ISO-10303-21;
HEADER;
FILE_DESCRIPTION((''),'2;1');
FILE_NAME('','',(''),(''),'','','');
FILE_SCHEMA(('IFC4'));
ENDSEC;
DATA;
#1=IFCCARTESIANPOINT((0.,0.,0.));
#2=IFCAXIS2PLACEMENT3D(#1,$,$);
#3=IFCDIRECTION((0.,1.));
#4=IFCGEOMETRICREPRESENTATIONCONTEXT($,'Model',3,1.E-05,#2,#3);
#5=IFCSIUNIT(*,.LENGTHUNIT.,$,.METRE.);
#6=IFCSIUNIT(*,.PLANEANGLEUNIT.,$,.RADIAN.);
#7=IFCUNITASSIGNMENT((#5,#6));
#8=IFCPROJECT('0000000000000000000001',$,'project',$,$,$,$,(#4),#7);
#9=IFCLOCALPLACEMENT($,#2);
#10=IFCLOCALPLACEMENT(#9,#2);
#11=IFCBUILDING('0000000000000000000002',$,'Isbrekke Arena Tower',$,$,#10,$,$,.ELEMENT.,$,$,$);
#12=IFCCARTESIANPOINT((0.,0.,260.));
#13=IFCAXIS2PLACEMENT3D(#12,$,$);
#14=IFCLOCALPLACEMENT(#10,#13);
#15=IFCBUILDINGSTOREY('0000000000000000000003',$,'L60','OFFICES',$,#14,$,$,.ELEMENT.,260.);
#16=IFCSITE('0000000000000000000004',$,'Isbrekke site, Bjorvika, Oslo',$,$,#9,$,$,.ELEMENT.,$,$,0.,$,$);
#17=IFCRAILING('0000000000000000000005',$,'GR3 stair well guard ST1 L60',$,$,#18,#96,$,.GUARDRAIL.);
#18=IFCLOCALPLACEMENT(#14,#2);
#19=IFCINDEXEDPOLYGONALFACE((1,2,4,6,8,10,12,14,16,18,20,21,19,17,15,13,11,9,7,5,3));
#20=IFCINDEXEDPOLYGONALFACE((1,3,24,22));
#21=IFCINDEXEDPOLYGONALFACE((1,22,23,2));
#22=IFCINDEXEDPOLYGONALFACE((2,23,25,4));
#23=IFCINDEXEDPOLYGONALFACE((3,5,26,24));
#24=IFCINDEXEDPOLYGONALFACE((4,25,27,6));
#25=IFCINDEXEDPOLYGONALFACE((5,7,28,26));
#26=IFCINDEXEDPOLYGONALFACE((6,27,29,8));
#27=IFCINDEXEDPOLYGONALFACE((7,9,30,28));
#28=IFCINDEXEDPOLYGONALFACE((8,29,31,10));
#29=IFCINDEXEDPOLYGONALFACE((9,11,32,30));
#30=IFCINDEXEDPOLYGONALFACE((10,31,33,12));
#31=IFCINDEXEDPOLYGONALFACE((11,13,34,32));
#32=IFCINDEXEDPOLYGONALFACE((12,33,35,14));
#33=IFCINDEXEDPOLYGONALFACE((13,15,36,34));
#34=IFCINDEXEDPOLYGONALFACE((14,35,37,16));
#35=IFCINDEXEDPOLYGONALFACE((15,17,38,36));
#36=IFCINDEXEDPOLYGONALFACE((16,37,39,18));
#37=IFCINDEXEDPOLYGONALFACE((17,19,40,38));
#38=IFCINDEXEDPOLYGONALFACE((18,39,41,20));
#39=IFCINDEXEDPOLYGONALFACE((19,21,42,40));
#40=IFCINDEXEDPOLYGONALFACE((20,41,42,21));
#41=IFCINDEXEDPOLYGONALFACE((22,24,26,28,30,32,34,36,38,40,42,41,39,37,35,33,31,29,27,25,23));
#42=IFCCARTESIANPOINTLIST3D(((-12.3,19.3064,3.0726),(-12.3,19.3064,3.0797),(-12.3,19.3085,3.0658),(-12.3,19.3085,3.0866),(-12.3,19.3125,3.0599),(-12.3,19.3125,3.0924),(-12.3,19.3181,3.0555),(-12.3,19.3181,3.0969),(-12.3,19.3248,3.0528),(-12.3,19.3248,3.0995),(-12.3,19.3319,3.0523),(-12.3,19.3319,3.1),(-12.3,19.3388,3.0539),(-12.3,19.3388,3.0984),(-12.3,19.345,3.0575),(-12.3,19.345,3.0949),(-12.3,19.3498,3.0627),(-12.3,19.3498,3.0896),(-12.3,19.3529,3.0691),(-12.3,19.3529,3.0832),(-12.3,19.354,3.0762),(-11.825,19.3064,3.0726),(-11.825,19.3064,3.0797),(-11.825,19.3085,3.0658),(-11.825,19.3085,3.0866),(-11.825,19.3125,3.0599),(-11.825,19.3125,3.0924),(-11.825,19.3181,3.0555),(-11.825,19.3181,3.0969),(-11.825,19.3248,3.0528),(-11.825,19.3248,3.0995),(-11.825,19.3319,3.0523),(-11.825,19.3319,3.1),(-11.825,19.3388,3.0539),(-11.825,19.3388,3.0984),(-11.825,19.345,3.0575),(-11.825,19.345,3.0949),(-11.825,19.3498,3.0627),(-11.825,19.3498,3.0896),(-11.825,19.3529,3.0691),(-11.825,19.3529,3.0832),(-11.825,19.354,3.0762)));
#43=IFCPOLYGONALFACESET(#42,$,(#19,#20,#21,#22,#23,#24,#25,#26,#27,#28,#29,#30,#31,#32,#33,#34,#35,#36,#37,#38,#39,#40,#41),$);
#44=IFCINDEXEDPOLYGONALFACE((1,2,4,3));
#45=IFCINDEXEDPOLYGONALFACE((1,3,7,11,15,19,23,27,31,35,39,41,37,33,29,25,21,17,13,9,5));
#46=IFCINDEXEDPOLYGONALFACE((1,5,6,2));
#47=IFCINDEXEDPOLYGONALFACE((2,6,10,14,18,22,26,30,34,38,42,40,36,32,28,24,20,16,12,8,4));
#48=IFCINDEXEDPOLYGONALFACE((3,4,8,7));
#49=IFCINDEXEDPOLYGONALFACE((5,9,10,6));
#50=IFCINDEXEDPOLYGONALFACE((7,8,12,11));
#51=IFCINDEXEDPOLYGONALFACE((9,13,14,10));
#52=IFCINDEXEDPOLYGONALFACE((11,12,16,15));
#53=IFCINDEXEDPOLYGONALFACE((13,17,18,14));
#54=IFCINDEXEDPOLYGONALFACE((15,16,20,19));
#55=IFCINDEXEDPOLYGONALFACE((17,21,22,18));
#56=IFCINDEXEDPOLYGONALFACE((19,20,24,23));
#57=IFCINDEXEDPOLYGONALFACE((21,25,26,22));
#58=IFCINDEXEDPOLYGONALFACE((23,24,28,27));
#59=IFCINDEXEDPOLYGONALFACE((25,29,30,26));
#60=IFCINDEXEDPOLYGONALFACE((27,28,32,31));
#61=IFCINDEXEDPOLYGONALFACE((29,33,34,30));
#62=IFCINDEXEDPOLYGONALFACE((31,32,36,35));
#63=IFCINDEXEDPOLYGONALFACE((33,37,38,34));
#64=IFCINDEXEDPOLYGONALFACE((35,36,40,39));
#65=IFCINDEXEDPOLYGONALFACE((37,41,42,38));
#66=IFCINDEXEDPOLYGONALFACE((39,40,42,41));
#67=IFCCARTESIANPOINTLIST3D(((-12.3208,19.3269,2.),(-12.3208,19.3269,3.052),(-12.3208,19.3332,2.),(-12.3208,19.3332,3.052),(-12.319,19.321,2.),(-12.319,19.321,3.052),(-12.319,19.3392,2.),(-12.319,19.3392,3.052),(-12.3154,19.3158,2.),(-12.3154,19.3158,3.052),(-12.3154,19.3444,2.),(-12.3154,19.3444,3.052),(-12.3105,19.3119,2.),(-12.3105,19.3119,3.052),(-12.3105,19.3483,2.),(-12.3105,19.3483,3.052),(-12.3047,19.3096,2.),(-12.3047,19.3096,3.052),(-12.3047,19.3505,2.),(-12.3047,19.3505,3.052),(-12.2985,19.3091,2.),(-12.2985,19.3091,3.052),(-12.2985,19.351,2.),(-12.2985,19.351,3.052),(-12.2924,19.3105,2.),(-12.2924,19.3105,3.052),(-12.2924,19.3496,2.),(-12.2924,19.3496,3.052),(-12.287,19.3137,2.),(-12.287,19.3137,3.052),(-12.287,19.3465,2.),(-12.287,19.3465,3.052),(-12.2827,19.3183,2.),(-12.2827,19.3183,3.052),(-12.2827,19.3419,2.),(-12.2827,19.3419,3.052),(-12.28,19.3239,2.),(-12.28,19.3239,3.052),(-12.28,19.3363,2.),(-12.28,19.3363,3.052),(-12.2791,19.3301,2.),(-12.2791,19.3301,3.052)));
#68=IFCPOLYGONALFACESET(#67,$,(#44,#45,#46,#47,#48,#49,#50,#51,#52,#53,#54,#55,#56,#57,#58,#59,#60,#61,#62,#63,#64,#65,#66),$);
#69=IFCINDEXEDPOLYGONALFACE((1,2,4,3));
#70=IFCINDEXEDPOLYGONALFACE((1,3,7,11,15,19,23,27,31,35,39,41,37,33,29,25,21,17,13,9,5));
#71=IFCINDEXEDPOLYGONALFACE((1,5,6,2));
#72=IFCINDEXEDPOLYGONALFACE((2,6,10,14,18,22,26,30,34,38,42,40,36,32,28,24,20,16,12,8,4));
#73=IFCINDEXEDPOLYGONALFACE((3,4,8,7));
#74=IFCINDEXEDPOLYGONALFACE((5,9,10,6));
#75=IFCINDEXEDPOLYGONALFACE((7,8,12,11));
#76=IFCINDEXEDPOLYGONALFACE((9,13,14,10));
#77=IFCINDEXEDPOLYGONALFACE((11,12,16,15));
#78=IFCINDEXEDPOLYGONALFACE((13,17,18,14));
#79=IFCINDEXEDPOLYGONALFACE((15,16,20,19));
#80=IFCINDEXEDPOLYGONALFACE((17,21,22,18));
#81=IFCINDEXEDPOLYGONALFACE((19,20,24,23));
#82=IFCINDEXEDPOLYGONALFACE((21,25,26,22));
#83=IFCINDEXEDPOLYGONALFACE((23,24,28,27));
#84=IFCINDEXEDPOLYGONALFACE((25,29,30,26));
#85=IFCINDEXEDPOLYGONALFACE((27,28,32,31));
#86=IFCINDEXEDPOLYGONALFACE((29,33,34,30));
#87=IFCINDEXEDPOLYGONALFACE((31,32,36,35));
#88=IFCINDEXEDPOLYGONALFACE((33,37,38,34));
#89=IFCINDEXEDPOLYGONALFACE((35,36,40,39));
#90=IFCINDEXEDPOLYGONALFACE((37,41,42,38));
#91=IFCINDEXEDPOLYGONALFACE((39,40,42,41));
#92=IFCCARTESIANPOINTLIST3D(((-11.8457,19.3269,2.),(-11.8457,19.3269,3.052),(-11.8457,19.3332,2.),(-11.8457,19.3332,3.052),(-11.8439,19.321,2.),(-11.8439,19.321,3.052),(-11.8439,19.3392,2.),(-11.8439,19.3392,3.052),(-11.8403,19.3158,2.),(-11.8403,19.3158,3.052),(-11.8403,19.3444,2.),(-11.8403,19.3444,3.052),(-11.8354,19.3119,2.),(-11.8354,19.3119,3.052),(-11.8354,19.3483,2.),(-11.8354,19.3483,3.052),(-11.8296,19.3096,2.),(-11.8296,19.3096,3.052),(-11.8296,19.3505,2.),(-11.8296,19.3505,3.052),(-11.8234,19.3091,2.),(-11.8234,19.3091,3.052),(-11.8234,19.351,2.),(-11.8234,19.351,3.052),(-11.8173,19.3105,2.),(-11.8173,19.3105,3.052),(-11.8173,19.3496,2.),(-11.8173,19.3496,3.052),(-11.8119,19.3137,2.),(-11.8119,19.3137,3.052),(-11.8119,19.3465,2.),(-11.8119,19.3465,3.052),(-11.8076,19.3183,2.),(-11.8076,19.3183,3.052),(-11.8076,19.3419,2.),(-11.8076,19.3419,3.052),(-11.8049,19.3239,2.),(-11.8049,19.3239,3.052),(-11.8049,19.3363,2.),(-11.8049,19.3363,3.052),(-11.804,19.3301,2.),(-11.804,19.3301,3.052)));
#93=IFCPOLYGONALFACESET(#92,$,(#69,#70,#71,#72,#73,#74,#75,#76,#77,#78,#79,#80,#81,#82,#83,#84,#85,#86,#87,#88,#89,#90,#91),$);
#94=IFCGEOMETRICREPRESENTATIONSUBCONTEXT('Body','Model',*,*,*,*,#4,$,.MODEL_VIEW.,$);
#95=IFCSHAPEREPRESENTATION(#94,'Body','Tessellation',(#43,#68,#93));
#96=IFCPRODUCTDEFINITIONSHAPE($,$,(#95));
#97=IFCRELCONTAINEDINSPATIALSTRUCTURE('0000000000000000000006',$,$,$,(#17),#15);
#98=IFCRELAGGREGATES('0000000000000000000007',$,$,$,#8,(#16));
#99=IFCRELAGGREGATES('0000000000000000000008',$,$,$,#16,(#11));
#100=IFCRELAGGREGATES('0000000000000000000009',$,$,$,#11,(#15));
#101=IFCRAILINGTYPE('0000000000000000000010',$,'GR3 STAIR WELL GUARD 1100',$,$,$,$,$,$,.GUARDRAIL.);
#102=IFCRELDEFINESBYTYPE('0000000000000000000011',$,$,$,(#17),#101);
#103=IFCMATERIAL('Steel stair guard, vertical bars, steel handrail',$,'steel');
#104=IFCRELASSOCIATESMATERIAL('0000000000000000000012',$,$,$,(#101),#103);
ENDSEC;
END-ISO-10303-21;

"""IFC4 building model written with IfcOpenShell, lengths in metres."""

from ifc_helpers import new_model, si_unit, direction, frame, origin, origin_2d, place, context, subcontext, project, spatial, circle, extrude, material, type_object, element, save


model = new_model("IFC4")

# Units and contexts
model_context = context("Model", 3, precision=1e-05, world=origin(), true_north=direction((0.0, 1.0)))
body_context = subcontext(model_context, "Body", "Model", "MODEL_VIEW")
ifc_project = project(units=[si_unit("LENGTHUNIT", "METRE"), si_unit("PLANEANGLEUNIT", "RADIAN")], contexts=[model_context])

# Site, building, storey
site_placement = place(None, origin())
site = spatial("IfcSite", under=ifc_project, at=site_placement, Name="Isbrekke site, Bjorvika, Oslo", CompositionType="ELEMENT", RefElevation=0.0)
building_placement = place(site_placement, origin())
building = spatial("IfcBuilding", under=site, at=building_placement, Name="Isbrekke Arena Tower", CompositionType="ELEMENT")
storey_placement = place(building_placement, frame((0.0, 0.0, 260.0)))
storey = spatial("IfcBuildingStorey", under=building, at=storey_placement, Name="L60", Description="OFFICES", CompositionType="ELEMENT", Elevation=260.0)

# Railing
ifc_material_1 = material(Name="Steel stair guard, vertical bars, steel handrail", Category="steel")
railing_type = type_object("IfcRailingType", Name="GR3 STAIR WELL GUARD 1100", PredefinedType="GUARDRAIL", material=ifc_material_1)
for number, where, name in (
    (1, (-12.3, 19.3301, 2.0), "GR3 stair well guard ST1 L60"),
):
    element("IfcRailing", number, at=place(storey_placement, frame(where)), inside=storey, type_object=railing_type, Name=name, PredefinedType="GUARDRAIL", context=body_context, shape_type="SweptSolid", body=[
        extrude(circle(Radius=0.0239, at=origin_2d()), frame((0.0, 0.0, 1.0762), z_axis=(1.0, 0.0, 0.0), x_axis=(0.0, 1.0, 0.0)), (0.0, 0.0, 1.0), 0.4751),
        extrude(circle(Radius=0.021, at=origin_2d()), origin(), (0.0, 0.0, 1.0), 1.052),
        extrude(circle(Radius=0.021, at=origin_2d()), frame((0.4751, 0.0, 0.0)), (0.0, 0.0, 1.0), 1.052),
    ])

save(model, "model.ifc")
